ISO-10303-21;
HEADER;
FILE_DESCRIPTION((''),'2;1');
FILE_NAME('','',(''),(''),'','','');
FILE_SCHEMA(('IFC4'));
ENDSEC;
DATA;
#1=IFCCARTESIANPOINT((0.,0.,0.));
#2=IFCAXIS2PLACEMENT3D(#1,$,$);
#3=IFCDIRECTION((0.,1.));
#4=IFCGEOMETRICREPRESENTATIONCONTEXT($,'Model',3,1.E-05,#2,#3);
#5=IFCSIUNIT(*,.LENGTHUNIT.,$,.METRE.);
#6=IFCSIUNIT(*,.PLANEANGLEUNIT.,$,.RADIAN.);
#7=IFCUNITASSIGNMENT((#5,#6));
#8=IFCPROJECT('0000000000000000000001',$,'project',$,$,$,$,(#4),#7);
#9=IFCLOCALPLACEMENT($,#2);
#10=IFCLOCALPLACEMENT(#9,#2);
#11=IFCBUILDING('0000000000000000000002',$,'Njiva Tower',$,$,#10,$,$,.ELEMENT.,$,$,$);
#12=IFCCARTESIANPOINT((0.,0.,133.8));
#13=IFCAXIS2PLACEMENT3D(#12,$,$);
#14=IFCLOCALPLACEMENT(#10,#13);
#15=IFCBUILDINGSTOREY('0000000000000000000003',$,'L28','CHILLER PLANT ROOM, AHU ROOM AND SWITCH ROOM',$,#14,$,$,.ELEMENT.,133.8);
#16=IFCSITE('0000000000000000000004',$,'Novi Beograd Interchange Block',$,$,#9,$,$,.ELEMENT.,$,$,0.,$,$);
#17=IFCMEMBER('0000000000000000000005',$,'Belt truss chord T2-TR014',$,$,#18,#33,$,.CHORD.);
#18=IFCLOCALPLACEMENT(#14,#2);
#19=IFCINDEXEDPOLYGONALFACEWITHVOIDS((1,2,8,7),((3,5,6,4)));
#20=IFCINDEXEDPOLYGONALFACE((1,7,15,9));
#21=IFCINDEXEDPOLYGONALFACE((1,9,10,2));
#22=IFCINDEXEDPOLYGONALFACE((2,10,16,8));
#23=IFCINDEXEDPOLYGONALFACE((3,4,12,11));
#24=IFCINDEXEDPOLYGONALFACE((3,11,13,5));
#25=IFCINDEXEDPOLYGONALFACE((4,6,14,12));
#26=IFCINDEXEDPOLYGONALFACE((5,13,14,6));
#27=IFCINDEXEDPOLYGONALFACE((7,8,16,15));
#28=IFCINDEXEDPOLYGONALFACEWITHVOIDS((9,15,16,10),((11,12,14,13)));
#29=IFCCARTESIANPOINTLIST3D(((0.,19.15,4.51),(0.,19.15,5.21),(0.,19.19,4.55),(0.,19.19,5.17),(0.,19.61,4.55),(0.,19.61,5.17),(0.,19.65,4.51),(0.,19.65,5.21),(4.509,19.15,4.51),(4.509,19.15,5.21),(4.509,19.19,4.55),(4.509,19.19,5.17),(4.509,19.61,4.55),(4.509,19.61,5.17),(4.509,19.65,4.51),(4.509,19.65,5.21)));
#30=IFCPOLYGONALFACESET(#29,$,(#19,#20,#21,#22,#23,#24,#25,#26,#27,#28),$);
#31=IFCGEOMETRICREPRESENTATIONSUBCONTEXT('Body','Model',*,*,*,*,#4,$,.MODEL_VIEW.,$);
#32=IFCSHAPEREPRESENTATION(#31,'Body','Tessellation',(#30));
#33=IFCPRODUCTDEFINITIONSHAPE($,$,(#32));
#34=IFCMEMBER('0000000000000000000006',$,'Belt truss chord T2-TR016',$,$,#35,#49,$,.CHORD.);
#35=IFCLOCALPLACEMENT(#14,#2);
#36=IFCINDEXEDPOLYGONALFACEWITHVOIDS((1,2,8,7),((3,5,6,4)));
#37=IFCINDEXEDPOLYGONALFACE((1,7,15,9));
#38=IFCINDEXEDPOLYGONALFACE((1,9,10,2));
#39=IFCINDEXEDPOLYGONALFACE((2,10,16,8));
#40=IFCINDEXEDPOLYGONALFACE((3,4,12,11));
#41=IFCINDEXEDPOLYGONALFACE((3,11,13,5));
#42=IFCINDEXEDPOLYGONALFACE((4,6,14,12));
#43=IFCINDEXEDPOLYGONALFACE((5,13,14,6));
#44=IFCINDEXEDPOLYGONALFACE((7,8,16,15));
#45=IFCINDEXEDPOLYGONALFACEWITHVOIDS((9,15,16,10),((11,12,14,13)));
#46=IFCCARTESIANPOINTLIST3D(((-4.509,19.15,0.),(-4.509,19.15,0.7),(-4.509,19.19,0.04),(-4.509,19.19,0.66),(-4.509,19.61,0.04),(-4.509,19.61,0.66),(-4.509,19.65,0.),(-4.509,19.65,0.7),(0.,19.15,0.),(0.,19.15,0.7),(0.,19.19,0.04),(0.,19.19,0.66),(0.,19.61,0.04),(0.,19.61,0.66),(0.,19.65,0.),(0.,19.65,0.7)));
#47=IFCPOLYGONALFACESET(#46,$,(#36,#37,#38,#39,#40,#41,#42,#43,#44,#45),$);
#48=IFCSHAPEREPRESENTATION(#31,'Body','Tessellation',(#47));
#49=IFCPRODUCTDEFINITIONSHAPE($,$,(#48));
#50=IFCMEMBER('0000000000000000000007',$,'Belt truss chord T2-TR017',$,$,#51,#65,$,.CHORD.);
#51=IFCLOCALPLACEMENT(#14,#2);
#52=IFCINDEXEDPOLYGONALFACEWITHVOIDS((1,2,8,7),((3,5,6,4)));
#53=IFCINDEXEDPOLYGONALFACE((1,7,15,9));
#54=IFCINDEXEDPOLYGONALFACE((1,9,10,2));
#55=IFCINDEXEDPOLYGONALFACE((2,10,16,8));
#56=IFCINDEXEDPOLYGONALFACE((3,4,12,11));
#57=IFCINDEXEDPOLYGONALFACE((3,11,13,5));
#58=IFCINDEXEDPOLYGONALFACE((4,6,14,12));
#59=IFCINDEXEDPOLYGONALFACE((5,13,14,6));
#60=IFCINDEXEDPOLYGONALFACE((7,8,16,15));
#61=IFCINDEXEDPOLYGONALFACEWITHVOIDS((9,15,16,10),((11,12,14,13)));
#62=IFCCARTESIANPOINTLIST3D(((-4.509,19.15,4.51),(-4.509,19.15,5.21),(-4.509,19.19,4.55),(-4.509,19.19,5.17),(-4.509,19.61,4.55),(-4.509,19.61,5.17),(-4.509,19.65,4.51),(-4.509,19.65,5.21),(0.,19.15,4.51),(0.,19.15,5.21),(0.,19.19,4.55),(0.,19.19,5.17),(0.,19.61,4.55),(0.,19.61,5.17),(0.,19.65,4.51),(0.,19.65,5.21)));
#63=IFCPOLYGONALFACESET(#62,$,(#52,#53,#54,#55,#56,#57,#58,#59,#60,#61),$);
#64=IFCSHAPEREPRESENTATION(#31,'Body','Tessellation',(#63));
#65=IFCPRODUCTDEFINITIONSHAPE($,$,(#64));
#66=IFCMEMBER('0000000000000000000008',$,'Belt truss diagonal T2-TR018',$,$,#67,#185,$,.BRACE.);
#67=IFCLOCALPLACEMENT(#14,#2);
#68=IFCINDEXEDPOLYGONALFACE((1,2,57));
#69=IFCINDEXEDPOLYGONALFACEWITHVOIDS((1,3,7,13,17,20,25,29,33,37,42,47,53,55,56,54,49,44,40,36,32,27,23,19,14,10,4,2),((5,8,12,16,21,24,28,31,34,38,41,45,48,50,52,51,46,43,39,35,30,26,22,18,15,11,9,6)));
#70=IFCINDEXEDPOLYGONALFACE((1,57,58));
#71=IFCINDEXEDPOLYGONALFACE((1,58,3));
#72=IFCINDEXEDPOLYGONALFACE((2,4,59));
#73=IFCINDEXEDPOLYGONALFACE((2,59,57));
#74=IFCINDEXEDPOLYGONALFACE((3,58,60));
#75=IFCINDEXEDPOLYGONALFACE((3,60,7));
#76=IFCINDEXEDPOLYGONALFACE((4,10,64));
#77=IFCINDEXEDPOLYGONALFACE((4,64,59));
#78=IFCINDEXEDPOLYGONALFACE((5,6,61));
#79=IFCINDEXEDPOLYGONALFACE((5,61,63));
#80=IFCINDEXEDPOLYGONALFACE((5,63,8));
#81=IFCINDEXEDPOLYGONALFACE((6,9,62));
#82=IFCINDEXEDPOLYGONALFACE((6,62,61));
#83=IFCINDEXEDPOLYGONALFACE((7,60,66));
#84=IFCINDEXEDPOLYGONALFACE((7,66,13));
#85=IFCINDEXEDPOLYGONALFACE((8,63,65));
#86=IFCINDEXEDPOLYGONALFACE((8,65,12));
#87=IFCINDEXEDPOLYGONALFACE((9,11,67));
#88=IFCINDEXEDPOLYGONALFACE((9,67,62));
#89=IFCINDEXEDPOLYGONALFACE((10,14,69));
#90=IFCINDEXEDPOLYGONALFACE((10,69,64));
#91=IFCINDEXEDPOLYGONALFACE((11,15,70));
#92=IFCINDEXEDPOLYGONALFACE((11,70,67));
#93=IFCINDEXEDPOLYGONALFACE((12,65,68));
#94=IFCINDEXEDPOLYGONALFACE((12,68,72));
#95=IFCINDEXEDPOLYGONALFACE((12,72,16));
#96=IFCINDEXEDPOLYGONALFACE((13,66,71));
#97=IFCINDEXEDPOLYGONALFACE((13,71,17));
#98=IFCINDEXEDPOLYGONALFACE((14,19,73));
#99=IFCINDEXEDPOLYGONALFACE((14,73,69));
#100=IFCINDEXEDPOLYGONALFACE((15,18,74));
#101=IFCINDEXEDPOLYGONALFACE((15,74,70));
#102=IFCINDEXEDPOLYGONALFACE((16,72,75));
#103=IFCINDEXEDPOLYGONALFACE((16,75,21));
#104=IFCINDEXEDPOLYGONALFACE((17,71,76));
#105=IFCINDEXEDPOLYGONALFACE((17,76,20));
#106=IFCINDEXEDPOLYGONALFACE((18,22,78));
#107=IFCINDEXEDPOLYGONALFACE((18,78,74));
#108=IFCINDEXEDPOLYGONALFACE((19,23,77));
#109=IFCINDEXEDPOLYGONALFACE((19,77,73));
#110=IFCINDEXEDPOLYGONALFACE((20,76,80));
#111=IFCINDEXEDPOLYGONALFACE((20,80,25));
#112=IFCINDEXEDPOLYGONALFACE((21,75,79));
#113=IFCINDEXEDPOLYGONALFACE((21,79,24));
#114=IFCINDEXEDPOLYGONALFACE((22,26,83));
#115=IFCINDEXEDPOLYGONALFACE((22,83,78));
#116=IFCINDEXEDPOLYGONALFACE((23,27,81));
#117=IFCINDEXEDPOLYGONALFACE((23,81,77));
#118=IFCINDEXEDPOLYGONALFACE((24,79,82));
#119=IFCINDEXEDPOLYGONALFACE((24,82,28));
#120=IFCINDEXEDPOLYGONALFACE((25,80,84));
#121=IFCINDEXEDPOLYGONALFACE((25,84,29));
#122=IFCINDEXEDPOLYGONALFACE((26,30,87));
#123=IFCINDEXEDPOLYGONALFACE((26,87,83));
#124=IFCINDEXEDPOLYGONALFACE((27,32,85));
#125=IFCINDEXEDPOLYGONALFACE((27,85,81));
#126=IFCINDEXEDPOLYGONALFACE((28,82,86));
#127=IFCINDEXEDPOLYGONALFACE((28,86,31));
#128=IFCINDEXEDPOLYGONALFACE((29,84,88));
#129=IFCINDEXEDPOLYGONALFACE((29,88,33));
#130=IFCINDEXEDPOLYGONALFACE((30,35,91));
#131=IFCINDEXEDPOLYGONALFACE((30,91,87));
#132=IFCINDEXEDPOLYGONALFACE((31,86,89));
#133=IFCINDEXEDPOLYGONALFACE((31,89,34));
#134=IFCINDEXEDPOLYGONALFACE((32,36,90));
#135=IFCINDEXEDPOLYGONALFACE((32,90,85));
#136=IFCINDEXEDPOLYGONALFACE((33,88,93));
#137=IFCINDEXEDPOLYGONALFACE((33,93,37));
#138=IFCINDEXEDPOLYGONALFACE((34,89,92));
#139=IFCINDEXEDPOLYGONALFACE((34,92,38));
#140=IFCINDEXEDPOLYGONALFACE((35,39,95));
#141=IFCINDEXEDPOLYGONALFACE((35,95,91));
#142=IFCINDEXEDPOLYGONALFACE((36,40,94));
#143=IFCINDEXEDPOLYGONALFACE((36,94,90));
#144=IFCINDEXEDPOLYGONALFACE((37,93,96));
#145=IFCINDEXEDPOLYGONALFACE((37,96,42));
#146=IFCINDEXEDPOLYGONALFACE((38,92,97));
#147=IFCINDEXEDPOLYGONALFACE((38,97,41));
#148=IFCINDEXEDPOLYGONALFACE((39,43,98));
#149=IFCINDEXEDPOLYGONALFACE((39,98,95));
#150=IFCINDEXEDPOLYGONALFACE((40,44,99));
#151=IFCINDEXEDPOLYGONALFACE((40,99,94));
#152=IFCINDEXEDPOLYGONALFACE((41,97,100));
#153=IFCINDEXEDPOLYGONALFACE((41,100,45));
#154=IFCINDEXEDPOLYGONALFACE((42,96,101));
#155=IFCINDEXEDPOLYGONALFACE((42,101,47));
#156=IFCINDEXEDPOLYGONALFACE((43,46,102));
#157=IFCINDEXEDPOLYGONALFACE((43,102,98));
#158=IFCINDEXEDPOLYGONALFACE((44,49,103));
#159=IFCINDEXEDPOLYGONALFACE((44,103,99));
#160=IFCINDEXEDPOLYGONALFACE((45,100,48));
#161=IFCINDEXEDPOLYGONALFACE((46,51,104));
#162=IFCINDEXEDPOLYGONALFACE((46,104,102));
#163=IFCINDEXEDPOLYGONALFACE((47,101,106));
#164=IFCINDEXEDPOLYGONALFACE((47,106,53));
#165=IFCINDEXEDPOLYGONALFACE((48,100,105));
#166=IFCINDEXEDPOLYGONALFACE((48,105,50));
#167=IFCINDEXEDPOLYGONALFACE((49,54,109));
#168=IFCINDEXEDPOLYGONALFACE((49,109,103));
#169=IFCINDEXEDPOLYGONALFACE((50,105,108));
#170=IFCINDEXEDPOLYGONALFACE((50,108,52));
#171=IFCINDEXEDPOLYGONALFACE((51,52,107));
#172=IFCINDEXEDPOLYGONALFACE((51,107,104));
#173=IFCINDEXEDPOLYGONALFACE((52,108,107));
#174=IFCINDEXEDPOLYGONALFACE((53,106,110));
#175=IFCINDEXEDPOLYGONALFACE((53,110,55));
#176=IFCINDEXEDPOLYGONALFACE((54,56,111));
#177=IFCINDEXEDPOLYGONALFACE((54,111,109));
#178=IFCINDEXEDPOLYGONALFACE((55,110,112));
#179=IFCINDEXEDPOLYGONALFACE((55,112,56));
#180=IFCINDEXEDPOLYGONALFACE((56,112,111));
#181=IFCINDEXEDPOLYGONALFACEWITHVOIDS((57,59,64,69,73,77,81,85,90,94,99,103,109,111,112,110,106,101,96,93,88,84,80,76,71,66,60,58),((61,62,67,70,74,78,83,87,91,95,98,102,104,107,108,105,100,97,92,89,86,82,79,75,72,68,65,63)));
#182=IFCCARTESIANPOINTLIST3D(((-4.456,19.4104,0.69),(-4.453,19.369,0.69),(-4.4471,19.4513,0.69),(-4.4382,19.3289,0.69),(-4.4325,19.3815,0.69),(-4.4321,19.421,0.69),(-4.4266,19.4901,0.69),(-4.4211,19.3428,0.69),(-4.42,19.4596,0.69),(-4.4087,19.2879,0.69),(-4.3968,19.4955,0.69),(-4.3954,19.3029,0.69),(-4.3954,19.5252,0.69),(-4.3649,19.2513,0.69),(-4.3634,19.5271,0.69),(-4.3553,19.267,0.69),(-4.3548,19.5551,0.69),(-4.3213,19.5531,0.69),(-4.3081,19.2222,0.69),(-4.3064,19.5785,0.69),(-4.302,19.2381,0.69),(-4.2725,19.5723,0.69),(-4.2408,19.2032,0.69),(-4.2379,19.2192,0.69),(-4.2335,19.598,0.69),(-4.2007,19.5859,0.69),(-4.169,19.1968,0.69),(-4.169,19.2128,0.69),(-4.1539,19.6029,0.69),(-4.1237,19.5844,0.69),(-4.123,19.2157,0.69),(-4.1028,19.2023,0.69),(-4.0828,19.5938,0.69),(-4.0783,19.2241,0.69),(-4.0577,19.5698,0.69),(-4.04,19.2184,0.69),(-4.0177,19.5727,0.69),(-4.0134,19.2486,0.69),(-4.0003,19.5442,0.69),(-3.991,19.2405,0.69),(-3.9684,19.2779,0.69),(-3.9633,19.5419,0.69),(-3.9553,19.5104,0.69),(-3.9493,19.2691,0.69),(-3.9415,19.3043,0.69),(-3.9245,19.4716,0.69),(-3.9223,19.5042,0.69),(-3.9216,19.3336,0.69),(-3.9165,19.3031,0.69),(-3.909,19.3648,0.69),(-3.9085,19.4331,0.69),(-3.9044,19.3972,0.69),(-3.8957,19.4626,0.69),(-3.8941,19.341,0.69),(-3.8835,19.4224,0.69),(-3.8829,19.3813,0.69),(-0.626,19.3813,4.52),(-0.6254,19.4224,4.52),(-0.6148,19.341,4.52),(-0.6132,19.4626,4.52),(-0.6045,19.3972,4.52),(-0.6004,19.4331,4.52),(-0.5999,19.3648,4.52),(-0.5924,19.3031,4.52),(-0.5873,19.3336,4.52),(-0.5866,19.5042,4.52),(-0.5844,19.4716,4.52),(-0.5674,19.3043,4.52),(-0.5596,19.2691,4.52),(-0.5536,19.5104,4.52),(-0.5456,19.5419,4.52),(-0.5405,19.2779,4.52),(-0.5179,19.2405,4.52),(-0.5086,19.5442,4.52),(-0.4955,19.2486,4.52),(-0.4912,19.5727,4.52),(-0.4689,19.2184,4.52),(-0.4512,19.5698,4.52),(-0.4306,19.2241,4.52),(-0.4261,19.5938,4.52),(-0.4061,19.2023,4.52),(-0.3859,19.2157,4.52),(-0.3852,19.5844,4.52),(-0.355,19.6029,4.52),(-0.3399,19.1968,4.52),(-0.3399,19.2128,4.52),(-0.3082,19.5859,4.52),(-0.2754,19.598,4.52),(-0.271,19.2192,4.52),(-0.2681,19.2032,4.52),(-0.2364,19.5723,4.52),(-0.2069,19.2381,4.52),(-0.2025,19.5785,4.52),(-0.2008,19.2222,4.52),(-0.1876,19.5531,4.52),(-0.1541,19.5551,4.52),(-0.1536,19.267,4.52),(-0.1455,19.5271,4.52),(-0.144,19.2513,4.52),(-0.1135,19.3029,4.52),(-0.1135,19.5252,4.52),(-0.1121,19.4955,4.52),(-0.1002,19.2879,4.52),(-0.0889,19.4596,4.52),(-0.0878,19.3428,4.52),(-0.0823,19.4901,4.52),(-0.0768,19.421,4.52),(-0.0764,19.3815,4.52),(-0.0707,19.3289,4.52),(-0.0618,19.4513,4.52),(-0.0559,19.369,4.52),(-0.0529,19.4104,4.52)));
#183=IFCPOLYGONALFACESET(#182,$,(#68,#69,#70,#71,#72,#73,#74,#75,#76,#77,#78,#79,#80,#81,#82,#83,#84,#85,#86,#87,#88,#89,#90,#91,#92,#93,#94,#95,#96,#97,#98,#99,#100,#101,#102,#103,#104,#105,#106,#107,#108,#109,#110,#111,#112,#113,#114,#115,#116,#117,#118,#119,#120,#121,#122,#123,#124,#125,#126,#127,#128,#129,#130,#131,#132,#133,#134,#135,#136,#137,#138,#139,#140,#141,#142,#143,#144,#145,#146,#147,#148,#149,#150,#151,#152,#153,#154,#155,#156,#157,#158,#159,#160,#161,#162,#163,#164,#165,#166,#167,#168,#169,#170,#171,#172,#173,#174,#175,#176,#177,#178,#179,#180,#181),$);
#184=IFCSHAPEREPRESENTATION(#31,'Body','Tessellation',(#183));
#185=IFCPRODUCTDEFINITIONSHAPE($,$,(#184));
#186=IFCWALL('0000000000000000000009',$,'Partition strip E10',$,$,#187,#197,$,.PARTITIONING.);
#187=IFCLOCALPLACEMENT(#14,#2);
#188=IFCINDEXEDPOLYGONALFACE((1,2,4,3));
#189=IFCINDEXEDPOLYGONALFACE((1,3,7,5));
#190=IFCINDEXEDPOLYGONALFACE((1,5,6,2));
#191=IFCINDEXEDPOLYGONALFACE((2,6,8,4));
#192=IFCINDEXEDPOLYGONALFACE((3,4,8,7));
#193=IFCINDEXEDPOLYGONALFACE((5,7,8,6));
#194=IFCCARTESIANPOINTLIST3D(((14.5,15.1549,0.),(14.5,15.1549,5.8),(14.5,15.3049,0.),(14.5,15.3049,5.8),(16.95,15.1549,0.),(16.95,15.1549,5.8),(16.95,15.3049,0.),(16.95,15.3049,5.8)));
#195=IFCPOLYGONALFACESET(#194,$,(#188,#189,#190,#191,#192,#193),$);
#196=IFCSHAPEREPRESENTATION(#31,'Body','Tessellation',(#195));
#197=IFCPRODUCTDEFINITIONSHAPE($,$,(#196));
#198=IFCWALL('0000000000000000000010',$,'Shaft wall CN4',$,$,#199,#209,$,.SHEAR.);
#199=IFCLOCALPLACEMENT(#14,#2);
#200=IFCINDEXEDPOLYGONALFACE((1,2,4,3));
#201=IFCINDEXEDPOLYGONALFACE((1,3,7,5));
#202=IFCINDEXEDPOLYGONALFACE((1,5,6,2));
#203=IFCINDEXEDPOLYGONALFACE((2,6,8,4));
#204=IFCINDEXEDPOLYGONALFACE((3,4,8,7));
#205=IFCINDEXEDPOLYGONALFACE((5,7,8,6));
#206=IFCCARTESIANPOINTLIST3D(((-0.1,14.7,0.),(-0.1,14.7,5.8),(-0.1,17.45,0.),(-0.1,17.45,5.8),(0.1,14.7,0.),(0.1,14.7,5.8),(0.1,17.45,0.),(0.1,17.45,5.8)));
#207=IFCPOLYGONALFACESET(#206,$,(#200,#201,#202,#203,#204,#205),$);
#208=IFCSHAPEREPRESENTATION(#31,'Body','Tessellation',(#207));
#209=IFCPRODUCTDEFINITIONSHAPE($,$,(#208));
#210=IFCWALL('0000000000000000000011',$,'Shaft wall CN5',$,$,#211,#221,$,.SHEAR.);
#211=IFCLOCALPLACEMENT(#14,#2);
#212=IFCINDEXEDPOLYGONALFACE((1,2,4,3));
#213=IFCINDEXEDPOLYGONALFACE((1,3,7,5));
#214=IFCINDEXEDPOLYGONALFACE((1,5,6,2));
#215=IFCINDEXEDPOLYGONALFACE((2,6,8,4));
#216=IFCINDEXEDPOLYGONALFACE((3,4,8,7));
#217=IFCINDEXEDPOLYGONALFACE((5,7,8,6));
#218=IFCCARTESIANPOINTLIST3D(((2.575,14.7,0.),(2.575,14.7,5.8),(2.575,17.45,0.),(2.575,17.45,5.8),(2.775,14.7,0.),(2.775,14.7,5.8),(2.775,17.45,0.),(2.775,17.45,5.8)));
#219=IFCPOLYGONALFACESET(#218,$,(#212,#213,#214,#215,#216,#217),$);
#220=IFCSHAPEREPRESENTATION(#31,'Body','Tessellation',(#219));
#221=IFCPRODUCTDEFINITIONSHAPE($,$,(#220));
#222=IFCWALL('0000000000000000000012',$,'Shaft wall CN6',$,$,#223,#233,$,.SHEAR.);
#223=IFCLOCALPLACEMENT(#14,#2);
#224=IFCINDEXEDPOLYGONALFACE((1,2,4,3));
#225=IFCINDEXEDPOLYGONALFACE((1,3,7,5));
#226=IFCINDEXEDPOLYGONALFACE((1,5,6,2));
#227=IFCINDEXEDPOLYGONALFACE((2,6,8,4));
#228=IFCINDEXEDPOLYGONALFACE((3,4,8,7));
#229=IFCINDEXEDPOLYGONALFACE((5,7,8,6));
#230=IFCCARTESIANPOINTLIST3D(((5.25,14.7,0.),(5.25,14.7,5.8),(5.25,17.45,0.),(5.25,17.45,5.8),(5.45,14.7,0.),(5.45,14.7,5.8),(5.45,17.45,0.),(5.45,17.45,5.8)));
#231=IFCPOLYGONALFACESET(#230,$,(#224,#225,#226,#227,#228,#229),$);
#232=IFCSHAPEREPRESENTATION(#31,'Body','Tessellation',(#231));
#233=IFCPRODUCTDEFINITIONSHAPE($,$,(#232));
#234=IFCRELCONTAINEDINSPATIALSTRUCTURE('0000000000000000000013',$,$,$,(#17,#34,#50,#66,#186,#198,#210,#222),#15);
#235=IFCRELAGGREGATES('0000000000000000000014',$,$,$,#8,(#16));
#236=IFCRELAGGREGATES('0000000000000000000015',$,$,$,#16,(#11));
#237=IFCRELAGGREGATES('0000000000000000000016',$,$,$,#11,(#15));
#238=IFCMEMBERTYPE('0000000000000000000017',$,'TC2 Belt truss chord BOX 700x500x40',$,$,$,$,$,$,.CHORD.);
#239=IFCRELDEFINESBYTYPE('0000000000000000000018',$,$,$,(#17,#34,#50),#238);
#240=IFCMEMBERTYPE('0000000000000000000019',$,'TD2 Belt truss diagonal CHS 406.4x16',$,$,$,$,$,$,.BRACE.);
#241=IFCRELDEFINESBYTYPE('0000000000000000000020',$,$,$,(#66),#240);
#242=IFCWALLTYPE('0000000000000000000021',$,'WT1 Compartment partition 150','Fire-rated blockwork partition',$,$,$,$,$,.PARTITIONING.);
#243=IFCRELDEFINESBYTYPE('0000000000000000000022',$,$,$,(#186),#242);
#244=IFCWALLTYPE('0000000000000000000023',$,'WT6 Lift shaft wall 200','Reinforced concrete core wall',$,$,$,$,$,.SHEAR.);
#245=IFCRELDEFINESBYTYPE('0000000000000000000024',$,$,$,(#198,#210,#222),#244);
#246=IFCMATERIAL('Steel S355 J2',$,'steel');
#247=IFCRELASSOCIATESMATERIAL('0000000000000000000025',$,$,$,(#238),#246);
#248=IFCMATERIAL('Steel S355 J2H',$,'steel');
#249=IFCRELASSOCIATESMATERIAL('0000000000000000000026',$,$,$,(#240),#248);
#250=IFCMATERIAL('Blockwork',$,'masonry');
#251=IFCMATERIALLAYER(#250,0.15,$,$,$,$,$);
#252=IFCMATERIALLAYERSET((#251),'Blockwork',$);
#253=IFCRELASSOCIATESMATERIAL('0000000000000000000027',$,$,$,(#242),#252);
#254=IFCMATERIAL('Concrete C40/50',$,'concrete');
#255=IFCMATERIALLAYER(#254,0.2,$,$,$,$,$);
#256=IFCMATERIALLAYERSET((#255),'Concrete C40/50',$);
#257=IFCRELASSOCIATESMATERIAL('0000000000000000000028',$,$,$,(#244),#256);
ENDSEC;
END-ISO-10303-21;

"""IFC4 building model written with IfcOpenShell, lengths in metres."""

from ifc_helpers import new_model, si_unit, direction, frame, frame_2d, origin, origin_2d, place, context, subcontext, project, spatial, rectangle, hollow_rectangle, hollow_circle, extrude, clip, halfspace, material, layer, layer_set, material_profile, profile_set, type_object, element, save


model = new_model("IFC4")

# Units and contexts
model_context = context("Model", 3, precision=1e-05, world=origin(), true_north=direction((0.0, 1.0)))
body_context = subcontext(model_context, "Body", "Model", "MODEL_VIEW")
ifc_project = project(units=[si_unit("LENGTHUNIT", "METRE"), si_unit("PLANEANGLEUNIT", "RADIAN")], contexts=[model_context])

# Site, building, storey
site_placement = place(None, origin())
site = spatial("IfcSite", under=ifc_project, at=site_placement, Name="Novi Beograd Interchange Block", CompositionType="ELEMENT", RefElevation=0.0)
building_placement = place(site_placement, origin())
building = spatial("IfcBuilding", under=site, at=building_placement, Name="Njiva Tower", CompositionType="ELEMENT")
storey_placement = place(building_placement, frame((0.0, 0.0, 133.8)))
storey = spatial("IfcBuildingStorey", under=building, at=storey_placement, Name="L28", Description="CHILLER PLANT ROOM, AHU ROOM AND SWITCH ROOM", CompositionType="ELEMENT", Elevation=133.8)

# Shared definitions
ifc_material_1 = material(Name="Steel S355 J2", Category="steel")

# Members
ifc_material_profile_1 = material_profile(ifc_material_1, hollow_rectangle(XDim=0.5, YDim=0.7, WallThickness=0.04, at=origin_2d()), Name="BOX 700x500x40")
ifc_profile_set_1 = profile_set([ifc_material_profile_1], Name="Steel S355 J2")
member_type_1 = type_object("IfcMemberType", Name="TC2 Belt truss chord BOX 700x500x40", PredefinedType="CHORD", material=ifc_profile_set_1)
for number, where, z_axis, x_axis, name in (
    (1, (4.509, 19.4, 4.86), (-1.0, 0.0, 0.0), (0.0, -1.0, 0.0), "Belt truss chord T2-TR014"),
    (2, (0.0, 19.4, 0.35), (-1.0, 0.0, 0.0), (0.0, -1.0, 0.0), "Belt truss chord T2-TR016"),
    (3, (0.0, 19.4, 4.86), (-1.0, 0.0, 0.0), (0.0, -1.0, 0.0), "Belt truss chord T2-TR017"),
):
    element("IfcMember", number, at=place(storey_placement, frame(where, z_axis=z_axis, x_axis=x_axis)), inside=storey, type_object=member_type_1, Name=name, PredefinedType="CHORD", context=body_context, shape_type="SweptSolid", body=[
        extrude(hollow_rectangle(XDim=0.5, YDim=0.7, WallThickness=0.04, at=origin_2d()), origin(), (0.0, 0.0, 1.0), 4.509),
    ])
ifc_material_2 = material(Name="Steel S355 J2H", Category="steel")
ifc_material_profile_2 = material_profile(ifc_material_2, hollow_circle(Radius=0.2032, WallThickness=0.016, at=origin_2d()), Name="CHS 406.4x16")
ifc_profile_set_2 = profile_set([ifc_material_profile_2], Name="Steel S355 J2H")
member_type_2 = type_object("IfcMemberType", Name="TD2 Belt truss diagonal CHS 406.4x16", PredefinedType="BRACE", material=ifc_profile_set_2)
member_1_placement = place(storey_placement, frame((0.1662, 19.4, 5.0262), z_axis=(-0.707028, 0.0, -0.707185), x_axis=(0.0, -1.0, 0.0)))
element("IfcMember", 4, at=member_1_placement, inside=storey, type_object=member_type_2, Name="Belt truss diagonal T2-TR018", PredefinedType="BRACE", context=body_context, shape_type="Clipping", body=[
    clip(clip(extrude(hollow_circle(Radius=0.2032, WallThickness=0.016, at=origin_2d()), origin(), (0.0, 0.0, 1.0), 6.8474), halfspace(frame((19.4, -0.2404, 0.4754), z_axis=(0.0, 0.707028, -0.707185), x_axis=(0.0, -0.707185, -0.707028)), False)), halfspace(frame((19.4, -2.9483, 3.184), z_axis=(0.0, -0.707028, 0.707185), x_axis=(0.0, 0.707185, 0.707028)), False)),
])

# Walls
ifc_material_3 = material(Name="Blockwork", Category="masonry")
ifc_layer_1 = layer(ifc_material_3, 0.15)
ifc_layer_set_1 = layer_set([ifc_layer_1], Name="Blockwork")
wall_type_1 = type_object("IfcWallType", Name="WT1 Compartment partition 150", Description="Fire-rated blockwork partition", PredefinedType="PARTITIONING", material=ifc_layer_set_1)
wall_placement = place(storey_placement, frame((14.5, 15.2299, 0.0), z_axis=(0.0, 0.0, 1.0), x_axis=(1.0, 0.0, 0.0)))
element("IfcWall", 5, at=wall_placement, inside=storey, type_object=wall_type_1, Name="Partition strip E10", PredefinedType="PARTITIONING", context=body_context, shape_type="SweptSolid", body=[
    extrude(rectangle(XDim=2.45, YDim=0.15, at=frame_2d((1.225, 0.0))), origin(), (0.0, 0.0, 1.0), 5.8),
])
ifc_material_4 = material(Name="Concrete C40/50", Category="concrete")
ifc_layer_2 = layer(ifc_material_4, 0.2)
ifc_layer_set_2 = layer_set([ifc_layer_2], Name="Concrete C40/50")
wall_type_2 = type_object("IfcWallType", Name="WT6 Lift shaft wall 200", Description="Reinforced concrete core wall", PredefinedType="SHEAR", material=ifc_layer_set_2)
for number, where, z_axis, x_axis, name in (
    (6, (0.0, 14.7, 0.0), (0.0, 0.0, 1.0), (0.0, 1.0, 0.0), "Shaft wall CN4"),
    (7, (2.675, 14.7, 0.0), (0.0, 0.0, 1.0), (0.0, 1.0, 0.0), "Shaft wall CN5"),
    (8, (5.35, 14.7, 0.0), (0.0, 0.0, 1.0), (0.0, 1.0, 0.0), "Shaft wall CN6"),
):
    element("IfcWall", number, at=place(storey_placement, frame(where, z_axis=z_axis, x_axis=x_axis)), inside=storey, type_object=wall_type_2, Name=name, PredefinedType="SHEAR", context=body_context, shape_type="SweptSolid", body=[
        extrude(rectangle(XDim=2.75, YDim=0.2, at=frame_2d((1.375, 0.0))), origin(), (0.0, 0.0, 1.0), 5.8),
    ])

save(model, "model.ifc")
